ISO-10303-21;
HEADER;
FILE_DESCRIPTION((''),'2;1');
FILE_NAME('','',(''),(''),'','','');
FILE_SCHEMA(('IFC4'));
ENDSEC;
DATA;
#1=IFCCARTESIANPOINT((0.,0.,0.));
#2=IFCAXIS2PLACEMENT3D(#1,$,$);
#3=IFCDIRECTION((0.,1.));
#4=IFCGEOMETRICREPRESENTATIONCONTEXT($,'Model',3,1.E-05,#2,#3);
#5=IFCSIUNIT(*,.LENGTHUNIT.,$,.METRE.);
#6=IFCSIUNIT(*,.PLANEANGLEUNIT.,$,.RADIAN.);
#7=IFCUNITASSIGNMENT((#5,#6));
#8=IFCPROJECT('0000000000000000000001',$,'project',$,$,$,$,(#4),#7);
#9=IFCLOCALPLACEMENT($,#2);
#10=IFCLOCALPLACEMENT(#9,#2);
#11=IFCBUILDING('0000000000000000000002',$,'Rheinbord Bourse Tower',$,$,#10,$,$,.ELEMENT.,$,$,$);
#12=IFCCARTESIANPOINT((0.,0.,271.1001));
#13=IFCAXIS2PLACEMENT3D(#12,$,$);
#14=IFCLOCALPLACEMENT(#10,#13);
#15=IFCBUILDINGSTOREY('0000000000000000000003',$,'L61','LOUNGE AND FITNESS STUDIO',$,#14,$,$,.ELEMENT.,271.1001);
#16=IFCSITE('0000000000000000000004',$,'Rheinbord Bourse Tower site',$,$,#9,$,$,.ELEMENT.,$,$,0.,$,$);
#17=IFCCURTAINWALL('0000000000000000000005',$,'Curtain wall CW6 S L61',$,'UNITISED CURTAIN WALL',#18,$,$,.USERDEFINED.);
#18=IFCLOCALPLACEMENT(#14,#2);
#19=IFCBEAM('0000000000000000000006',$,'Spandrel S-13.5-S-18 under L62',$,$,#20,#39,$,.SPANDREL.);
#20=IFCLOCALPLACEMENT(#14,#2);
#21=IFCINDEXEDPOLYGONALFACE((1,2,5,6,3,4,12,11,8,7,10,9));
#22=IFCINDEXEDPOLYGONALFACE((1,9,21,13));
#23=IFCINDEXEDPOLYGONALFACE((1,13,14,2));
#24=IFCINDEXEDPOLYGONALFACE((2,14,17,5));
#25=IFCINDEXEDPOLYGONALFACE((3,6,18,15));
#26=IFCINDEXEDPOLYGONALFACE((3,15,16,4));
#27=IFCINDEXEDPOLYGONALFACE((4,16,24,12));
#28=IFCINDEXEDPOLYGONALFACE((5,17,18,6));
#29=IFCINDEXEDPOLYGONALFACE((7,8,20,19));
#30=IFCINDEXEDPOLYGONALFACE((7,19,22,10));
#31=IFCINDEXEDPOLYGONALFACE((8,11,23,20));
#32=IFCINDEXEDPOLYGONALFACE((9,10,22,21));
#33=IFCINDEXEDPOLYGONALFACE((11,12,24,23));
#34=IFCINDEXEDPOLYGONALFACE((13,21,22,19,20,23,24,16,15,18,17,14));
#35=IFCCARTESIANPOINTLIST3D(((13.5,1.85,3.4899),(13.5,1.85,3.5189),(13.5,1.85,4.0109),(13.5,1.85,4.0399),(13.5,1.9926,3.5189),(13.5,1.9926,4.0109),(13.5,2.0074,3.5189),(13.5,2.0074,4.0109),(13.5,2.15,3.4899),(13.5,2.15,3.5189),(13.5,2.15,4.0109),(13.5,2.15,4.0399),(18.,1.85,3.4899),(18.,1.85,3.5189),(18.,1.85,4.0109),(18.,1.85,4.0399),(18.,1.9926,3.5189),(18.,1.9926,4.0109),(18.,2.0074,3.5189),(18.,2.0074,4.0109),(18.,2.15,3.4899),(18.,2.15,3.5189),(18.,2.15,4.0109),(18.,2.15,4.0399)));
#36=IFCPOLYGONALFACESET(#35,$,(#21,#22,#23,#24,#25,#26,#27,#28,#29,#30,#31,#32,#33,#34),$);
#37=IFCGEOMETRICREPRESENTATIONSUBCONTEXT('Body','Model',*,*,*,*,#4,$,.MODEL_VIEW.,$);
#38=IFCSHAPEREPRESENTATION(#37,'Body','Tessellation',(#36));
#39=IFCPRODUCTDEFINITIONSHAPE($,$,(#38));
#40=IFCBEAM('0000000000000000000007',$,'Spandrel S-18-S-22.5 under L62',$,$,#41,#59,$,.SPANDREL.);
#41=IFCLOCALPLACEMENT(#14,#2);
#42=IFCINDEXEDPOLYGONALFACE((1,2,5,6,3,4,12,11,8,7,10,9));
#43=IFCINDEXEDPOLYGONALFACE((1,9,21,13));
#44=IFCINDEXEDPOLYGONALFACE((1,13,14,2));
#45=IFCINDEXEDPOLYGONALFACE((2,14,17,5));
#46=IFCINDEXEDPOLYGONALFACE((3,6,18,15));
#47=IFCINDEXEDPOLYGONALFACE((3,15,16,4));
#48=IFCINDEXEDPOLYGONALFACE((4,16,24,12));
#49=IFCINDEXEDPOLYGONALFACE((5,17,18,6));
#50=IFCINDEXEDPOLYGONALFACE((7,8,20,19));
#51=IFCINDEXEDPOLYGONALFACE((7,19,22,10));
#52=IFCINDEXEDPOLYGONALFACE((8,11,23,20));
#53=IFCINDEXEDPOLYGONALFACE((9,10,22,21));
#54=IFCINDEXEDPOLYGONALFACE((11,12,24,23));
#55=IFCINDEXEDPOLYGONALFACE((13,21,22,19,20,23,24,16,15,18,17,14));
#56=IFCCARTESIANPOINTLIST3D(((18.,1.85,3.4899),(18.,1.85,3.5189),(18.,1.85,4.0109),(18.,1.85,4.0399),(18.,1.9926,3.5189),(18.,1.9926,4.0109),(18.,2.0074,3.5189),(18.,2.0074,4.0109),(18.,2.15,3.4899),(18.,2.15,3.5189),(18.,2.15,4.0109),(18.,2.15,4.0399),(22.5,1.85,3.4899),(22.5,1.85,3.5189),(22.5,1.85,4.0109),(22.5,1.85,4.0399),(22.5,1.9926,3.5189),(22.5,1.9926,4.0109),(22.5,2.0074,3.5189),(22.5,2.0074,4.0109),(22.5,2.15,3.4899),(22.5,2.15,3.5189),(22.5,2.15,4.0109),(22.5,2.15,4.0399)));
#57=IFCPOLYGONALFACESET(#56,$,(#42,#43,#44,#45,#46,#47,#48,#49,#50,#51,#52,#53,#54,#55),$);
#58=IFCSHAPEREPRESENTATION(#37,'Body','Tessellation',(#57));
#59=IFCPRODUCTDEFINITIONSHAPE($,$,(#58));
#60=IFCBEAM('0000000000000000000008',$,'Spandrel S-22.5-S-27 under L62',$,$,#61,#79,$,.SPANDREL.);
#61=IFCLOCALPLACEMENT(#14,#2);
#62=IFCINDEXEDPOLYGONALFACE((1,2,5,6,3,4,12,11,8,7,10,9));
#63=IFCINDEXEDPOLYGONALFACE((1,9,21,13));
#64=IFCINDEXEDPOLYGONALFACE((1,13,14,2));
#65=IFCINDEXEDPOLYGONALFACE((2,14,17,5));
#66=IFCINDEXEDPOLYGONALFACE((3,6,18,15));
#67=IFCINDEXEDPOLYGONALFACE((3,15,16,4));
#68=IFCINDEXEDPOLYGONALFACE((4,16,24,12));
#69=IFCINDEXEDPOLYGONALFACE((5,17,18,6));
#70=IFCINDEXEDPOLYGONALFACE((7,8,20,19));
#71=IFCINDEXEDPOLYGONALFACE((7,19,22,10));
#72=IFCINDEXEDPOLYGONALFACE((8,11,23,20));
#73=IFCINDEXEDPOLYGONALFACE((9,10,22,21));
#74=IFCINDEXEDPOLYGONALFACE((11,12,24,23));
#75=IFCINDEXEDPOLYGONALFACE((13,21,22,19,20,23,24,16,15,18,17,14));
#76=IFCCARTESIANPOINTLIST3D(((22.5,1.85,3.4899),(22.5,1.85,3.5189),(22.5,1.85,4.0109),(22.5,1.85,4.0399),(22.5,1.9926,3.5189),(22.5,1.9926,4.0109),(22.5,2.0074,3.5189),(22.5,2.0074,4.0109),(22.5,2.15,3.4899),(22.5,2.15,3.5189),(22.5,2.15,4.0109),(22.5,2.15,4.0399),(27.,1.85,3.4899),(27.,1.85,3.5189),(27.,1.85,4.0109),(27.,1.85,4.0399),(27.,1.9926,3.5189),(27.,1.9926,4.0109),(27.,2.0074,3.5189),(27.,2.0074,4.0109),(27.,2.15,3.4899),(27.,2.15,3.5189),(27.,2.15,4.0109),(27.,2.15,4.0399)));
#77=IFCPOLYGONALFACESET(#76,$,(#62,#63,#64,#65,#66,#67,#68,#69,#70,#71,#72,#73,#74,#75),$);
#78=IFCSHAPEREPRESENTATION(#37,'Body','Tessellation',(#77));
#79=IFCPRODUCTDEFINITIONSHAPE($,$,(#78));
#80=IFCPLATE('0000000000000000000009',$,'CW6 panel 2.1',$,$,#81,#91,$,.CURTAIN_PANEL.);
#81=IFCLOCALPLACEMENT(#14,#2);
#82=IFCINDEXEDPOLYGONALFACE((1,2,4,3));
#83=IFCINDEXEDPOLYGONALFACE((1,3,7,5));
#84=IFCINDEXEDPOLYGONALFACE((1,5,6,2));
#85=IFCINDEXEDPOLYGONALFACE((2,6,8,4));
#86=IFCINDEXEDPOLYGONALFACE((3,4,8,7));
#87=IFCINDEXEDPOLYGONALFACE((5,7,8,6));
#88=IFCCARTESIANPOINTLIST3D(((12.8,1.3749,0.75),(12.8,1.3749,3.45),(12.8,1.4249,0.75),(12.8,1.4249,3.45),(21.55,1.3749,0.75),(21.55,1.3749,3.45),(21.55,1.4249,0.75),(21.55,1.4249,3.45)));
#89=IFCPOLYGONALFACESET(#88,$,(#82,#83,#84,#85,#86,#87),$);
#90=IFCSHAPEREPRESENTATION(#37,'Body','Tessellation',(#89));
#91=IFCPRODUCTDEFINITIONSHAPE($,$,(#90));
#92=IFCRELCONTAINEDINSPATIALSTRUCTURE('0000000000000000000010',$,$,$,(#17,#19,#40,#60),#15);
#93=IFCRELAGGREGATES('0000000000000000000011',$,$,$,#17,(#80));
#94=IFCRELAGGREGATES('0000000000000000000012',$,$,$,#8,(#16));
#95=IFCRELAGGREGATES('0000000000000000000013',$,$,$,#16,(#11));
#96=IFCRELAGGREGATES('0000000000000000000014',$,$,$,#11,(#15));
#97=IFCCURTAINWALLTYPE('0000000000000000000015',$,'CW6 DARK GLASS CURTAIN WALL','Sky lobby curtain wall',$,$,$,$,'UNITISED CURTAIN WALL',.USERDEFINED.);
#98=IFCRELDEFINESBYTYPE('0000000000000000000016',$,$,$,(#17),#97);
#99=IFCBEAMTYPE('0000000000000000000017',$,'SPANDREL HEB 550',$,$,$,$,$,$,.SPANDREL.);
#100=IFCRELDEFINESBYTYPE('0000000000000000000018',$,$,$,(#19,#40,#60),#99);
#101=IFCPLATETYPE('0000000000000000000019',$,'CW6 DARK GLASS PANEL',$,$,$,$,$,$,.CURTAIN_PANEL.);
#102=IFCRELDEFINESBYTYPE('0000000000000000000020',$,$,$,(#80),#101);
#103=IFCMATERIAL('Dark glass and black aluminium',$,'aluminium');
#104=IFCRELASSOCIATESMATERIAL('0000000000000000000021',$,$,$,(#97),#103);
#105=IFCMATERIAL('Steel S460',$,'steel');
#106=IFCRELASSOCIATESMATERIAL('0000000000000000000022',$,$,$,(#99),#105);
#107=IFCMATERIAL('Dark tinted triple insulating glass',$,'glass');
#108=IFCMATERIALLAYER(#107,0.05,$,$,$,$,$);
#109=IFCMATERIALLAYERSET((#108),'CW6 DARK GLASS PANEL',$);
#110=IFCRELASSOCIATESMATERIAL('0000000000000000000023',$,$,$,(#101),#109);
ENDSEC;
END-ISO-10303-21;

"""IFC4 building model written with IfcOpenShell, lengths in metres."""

from ifc_helpers import new_model, si_unit, direction, frame, origin, origin_2d, place, context, subcontext, project, spatial, rectangle, i_section, extrude, material, layer, layer_set, material_profile, profile_set, type_object, element, aggregate, save


model = new_model("IFC4")

# Units and contexts
model_context = context("Model", 3, precision=1e-05, world=origin(), true_north=direction((0.0, 1.0)))
body_context = subcontext(model_context, "Body", "Model", "MODEL_VIEW")
ifc_project = project(units=[si_unit("LENGTHUNIT", "METRE"), si_unit("PLANEANGLEUNIT", "RADIAN")], contexts=[model_context])

# Site, building, storey
site_placement = place(None, origin())
site = spatial("IfcSite", under=ifc_project, at=site_placement, Name="Rheinbord Bourse Tower site", CompositionType="ELEMENT", RefElevation=0.0)
building_placement = place(site_placement, origin())
building = spatial("IfcBuilding", under=site, at=building_placement, Name="Rheinbord Bourse Tower", CompositionType="ELEMENT")
storey_placement = place(building_placement, frame((0.0, 0.0, 271.1001)))
storey = spatial("IfcBuildingStorey", under=building, at=storey_placement, Name="L61", Description="LOUNGE AND FITNESS STUDIO", CompositionType="ELEMENT", Elevation=271.1001)

# Curtain wall
ifc_material_1 = material(Name="Dark glass and black aluminium", Category="aluminium")
curtain_wall_type = type_object("IfcCurtainWallType", Name="CW6 DARK GLASS CURTAIN WALL", Description="Sky lobby curtain wall", ElementType="UNITISED CURTAIN WALL", PredefinedType="USERDEFINED", material=ifc_material_1)
curtain_wall_placement = place(storey_placement, origin())
curtain_wall = element("IfcCurtainWall", 1, at=curtain_wall_placement, inside=storey, type_object=curtain_wall_type, Name="Curtain wall CW6 S L61", ObjectType="UNITISED CURTAIN WALL", PredefinedType="USERDEFINED")

# Beams
ifc_material_2 = material(Name="Steel S460", Category="steel")
ifc_material_profile_1 = material_profile(ifc_material_2, i_section(OverallWidth=0.3, OverallDepth=0.55, WebThickness=0.0149, FlangeThickness=0.0291, at=origin_2d()), Name="HEB 550")
ifc_profile_set_1 = profile_set([ifc_material_profile_1], Name="Steel S460")
beam_type_1 = type_object("IfcBeamType", Name="SPANDREL HEB 550", PredefinedType="SPANDREL", material=ifc_profile_set_1)
for number, where, z_axis, x_axis, name in (
    (2, (13.5, 2.0, 3.7649), (1.0, 0.0, 0.0), (0.0, 1.0, 0.0), "Spandrel S-13.5-S-18 under L62"),
    (3, (18.0, 2.0, 3.7649), (1.0, 0.0, 0.0), (0.0, 1.0, 0.0), "Spandrel S-18-S-22.5 under L62"),
    (4, (22.5, 2.0, 3.7649), (1.0, 0.0, 0.0), (0.0, 1.0, 0.0), "Spandrel S-22.5-S-27 under L62"),
):
    element("IfcBeam", number, at=place(storey_placement, frame(where, z_axis=z_axis, x_axis=x_axis)), inside=storey, type_object=beam_type_1, Name=name, PredefinedType="SPANDREL", context=body_context, shape_type="SweptSolid", body=[
        extrude(i_section(OverallWidth=0.3, OverallDepth=0.55, WebThickness=0.0149, FlangeThickness=0.0291, at=origin_2d()), origin(), (0.0, 0.0, 1.0), 4.5),
    ])

# Plate
ifc_material_3 = material(Name="Dark tinted triple insulating glass", Category="glass")
ifc_layer = layer(ifc_material_3, 0.05)
ifc_layer_set = layer_set([ifc_layer], Name="CW6 DARK GLASS PANEL")
plate_type = type_object("IfcPlateType", Name="CW6 DARK GLASS PANEL", PredefinedType="CURTAIN_PANEL", material=ifc_layer_set)
plate_placement = place(storey_placement, frame((17.175, 1.3999, 0.75), z_axis=(0.0, 0.0, 1.0), x_axis=(1.0, 0.0, 0.0)))
plate = element("IfcPlate", 5, at=plate_placement, type_object=plate_type, Name="CW6 panel 2.1", PredefinedType="CURTAIN_PANEL", context=body_context, shape_type="SweptSolid", body=[
    extrude(rectangle(XDim=8.75, YDim=0.05, at=origin_2d()), origin(), (0.0, 0.0, 1.0), 2.7),
])
aggregate(curtain_wall, [plate])

save(model, "model.ifc")
